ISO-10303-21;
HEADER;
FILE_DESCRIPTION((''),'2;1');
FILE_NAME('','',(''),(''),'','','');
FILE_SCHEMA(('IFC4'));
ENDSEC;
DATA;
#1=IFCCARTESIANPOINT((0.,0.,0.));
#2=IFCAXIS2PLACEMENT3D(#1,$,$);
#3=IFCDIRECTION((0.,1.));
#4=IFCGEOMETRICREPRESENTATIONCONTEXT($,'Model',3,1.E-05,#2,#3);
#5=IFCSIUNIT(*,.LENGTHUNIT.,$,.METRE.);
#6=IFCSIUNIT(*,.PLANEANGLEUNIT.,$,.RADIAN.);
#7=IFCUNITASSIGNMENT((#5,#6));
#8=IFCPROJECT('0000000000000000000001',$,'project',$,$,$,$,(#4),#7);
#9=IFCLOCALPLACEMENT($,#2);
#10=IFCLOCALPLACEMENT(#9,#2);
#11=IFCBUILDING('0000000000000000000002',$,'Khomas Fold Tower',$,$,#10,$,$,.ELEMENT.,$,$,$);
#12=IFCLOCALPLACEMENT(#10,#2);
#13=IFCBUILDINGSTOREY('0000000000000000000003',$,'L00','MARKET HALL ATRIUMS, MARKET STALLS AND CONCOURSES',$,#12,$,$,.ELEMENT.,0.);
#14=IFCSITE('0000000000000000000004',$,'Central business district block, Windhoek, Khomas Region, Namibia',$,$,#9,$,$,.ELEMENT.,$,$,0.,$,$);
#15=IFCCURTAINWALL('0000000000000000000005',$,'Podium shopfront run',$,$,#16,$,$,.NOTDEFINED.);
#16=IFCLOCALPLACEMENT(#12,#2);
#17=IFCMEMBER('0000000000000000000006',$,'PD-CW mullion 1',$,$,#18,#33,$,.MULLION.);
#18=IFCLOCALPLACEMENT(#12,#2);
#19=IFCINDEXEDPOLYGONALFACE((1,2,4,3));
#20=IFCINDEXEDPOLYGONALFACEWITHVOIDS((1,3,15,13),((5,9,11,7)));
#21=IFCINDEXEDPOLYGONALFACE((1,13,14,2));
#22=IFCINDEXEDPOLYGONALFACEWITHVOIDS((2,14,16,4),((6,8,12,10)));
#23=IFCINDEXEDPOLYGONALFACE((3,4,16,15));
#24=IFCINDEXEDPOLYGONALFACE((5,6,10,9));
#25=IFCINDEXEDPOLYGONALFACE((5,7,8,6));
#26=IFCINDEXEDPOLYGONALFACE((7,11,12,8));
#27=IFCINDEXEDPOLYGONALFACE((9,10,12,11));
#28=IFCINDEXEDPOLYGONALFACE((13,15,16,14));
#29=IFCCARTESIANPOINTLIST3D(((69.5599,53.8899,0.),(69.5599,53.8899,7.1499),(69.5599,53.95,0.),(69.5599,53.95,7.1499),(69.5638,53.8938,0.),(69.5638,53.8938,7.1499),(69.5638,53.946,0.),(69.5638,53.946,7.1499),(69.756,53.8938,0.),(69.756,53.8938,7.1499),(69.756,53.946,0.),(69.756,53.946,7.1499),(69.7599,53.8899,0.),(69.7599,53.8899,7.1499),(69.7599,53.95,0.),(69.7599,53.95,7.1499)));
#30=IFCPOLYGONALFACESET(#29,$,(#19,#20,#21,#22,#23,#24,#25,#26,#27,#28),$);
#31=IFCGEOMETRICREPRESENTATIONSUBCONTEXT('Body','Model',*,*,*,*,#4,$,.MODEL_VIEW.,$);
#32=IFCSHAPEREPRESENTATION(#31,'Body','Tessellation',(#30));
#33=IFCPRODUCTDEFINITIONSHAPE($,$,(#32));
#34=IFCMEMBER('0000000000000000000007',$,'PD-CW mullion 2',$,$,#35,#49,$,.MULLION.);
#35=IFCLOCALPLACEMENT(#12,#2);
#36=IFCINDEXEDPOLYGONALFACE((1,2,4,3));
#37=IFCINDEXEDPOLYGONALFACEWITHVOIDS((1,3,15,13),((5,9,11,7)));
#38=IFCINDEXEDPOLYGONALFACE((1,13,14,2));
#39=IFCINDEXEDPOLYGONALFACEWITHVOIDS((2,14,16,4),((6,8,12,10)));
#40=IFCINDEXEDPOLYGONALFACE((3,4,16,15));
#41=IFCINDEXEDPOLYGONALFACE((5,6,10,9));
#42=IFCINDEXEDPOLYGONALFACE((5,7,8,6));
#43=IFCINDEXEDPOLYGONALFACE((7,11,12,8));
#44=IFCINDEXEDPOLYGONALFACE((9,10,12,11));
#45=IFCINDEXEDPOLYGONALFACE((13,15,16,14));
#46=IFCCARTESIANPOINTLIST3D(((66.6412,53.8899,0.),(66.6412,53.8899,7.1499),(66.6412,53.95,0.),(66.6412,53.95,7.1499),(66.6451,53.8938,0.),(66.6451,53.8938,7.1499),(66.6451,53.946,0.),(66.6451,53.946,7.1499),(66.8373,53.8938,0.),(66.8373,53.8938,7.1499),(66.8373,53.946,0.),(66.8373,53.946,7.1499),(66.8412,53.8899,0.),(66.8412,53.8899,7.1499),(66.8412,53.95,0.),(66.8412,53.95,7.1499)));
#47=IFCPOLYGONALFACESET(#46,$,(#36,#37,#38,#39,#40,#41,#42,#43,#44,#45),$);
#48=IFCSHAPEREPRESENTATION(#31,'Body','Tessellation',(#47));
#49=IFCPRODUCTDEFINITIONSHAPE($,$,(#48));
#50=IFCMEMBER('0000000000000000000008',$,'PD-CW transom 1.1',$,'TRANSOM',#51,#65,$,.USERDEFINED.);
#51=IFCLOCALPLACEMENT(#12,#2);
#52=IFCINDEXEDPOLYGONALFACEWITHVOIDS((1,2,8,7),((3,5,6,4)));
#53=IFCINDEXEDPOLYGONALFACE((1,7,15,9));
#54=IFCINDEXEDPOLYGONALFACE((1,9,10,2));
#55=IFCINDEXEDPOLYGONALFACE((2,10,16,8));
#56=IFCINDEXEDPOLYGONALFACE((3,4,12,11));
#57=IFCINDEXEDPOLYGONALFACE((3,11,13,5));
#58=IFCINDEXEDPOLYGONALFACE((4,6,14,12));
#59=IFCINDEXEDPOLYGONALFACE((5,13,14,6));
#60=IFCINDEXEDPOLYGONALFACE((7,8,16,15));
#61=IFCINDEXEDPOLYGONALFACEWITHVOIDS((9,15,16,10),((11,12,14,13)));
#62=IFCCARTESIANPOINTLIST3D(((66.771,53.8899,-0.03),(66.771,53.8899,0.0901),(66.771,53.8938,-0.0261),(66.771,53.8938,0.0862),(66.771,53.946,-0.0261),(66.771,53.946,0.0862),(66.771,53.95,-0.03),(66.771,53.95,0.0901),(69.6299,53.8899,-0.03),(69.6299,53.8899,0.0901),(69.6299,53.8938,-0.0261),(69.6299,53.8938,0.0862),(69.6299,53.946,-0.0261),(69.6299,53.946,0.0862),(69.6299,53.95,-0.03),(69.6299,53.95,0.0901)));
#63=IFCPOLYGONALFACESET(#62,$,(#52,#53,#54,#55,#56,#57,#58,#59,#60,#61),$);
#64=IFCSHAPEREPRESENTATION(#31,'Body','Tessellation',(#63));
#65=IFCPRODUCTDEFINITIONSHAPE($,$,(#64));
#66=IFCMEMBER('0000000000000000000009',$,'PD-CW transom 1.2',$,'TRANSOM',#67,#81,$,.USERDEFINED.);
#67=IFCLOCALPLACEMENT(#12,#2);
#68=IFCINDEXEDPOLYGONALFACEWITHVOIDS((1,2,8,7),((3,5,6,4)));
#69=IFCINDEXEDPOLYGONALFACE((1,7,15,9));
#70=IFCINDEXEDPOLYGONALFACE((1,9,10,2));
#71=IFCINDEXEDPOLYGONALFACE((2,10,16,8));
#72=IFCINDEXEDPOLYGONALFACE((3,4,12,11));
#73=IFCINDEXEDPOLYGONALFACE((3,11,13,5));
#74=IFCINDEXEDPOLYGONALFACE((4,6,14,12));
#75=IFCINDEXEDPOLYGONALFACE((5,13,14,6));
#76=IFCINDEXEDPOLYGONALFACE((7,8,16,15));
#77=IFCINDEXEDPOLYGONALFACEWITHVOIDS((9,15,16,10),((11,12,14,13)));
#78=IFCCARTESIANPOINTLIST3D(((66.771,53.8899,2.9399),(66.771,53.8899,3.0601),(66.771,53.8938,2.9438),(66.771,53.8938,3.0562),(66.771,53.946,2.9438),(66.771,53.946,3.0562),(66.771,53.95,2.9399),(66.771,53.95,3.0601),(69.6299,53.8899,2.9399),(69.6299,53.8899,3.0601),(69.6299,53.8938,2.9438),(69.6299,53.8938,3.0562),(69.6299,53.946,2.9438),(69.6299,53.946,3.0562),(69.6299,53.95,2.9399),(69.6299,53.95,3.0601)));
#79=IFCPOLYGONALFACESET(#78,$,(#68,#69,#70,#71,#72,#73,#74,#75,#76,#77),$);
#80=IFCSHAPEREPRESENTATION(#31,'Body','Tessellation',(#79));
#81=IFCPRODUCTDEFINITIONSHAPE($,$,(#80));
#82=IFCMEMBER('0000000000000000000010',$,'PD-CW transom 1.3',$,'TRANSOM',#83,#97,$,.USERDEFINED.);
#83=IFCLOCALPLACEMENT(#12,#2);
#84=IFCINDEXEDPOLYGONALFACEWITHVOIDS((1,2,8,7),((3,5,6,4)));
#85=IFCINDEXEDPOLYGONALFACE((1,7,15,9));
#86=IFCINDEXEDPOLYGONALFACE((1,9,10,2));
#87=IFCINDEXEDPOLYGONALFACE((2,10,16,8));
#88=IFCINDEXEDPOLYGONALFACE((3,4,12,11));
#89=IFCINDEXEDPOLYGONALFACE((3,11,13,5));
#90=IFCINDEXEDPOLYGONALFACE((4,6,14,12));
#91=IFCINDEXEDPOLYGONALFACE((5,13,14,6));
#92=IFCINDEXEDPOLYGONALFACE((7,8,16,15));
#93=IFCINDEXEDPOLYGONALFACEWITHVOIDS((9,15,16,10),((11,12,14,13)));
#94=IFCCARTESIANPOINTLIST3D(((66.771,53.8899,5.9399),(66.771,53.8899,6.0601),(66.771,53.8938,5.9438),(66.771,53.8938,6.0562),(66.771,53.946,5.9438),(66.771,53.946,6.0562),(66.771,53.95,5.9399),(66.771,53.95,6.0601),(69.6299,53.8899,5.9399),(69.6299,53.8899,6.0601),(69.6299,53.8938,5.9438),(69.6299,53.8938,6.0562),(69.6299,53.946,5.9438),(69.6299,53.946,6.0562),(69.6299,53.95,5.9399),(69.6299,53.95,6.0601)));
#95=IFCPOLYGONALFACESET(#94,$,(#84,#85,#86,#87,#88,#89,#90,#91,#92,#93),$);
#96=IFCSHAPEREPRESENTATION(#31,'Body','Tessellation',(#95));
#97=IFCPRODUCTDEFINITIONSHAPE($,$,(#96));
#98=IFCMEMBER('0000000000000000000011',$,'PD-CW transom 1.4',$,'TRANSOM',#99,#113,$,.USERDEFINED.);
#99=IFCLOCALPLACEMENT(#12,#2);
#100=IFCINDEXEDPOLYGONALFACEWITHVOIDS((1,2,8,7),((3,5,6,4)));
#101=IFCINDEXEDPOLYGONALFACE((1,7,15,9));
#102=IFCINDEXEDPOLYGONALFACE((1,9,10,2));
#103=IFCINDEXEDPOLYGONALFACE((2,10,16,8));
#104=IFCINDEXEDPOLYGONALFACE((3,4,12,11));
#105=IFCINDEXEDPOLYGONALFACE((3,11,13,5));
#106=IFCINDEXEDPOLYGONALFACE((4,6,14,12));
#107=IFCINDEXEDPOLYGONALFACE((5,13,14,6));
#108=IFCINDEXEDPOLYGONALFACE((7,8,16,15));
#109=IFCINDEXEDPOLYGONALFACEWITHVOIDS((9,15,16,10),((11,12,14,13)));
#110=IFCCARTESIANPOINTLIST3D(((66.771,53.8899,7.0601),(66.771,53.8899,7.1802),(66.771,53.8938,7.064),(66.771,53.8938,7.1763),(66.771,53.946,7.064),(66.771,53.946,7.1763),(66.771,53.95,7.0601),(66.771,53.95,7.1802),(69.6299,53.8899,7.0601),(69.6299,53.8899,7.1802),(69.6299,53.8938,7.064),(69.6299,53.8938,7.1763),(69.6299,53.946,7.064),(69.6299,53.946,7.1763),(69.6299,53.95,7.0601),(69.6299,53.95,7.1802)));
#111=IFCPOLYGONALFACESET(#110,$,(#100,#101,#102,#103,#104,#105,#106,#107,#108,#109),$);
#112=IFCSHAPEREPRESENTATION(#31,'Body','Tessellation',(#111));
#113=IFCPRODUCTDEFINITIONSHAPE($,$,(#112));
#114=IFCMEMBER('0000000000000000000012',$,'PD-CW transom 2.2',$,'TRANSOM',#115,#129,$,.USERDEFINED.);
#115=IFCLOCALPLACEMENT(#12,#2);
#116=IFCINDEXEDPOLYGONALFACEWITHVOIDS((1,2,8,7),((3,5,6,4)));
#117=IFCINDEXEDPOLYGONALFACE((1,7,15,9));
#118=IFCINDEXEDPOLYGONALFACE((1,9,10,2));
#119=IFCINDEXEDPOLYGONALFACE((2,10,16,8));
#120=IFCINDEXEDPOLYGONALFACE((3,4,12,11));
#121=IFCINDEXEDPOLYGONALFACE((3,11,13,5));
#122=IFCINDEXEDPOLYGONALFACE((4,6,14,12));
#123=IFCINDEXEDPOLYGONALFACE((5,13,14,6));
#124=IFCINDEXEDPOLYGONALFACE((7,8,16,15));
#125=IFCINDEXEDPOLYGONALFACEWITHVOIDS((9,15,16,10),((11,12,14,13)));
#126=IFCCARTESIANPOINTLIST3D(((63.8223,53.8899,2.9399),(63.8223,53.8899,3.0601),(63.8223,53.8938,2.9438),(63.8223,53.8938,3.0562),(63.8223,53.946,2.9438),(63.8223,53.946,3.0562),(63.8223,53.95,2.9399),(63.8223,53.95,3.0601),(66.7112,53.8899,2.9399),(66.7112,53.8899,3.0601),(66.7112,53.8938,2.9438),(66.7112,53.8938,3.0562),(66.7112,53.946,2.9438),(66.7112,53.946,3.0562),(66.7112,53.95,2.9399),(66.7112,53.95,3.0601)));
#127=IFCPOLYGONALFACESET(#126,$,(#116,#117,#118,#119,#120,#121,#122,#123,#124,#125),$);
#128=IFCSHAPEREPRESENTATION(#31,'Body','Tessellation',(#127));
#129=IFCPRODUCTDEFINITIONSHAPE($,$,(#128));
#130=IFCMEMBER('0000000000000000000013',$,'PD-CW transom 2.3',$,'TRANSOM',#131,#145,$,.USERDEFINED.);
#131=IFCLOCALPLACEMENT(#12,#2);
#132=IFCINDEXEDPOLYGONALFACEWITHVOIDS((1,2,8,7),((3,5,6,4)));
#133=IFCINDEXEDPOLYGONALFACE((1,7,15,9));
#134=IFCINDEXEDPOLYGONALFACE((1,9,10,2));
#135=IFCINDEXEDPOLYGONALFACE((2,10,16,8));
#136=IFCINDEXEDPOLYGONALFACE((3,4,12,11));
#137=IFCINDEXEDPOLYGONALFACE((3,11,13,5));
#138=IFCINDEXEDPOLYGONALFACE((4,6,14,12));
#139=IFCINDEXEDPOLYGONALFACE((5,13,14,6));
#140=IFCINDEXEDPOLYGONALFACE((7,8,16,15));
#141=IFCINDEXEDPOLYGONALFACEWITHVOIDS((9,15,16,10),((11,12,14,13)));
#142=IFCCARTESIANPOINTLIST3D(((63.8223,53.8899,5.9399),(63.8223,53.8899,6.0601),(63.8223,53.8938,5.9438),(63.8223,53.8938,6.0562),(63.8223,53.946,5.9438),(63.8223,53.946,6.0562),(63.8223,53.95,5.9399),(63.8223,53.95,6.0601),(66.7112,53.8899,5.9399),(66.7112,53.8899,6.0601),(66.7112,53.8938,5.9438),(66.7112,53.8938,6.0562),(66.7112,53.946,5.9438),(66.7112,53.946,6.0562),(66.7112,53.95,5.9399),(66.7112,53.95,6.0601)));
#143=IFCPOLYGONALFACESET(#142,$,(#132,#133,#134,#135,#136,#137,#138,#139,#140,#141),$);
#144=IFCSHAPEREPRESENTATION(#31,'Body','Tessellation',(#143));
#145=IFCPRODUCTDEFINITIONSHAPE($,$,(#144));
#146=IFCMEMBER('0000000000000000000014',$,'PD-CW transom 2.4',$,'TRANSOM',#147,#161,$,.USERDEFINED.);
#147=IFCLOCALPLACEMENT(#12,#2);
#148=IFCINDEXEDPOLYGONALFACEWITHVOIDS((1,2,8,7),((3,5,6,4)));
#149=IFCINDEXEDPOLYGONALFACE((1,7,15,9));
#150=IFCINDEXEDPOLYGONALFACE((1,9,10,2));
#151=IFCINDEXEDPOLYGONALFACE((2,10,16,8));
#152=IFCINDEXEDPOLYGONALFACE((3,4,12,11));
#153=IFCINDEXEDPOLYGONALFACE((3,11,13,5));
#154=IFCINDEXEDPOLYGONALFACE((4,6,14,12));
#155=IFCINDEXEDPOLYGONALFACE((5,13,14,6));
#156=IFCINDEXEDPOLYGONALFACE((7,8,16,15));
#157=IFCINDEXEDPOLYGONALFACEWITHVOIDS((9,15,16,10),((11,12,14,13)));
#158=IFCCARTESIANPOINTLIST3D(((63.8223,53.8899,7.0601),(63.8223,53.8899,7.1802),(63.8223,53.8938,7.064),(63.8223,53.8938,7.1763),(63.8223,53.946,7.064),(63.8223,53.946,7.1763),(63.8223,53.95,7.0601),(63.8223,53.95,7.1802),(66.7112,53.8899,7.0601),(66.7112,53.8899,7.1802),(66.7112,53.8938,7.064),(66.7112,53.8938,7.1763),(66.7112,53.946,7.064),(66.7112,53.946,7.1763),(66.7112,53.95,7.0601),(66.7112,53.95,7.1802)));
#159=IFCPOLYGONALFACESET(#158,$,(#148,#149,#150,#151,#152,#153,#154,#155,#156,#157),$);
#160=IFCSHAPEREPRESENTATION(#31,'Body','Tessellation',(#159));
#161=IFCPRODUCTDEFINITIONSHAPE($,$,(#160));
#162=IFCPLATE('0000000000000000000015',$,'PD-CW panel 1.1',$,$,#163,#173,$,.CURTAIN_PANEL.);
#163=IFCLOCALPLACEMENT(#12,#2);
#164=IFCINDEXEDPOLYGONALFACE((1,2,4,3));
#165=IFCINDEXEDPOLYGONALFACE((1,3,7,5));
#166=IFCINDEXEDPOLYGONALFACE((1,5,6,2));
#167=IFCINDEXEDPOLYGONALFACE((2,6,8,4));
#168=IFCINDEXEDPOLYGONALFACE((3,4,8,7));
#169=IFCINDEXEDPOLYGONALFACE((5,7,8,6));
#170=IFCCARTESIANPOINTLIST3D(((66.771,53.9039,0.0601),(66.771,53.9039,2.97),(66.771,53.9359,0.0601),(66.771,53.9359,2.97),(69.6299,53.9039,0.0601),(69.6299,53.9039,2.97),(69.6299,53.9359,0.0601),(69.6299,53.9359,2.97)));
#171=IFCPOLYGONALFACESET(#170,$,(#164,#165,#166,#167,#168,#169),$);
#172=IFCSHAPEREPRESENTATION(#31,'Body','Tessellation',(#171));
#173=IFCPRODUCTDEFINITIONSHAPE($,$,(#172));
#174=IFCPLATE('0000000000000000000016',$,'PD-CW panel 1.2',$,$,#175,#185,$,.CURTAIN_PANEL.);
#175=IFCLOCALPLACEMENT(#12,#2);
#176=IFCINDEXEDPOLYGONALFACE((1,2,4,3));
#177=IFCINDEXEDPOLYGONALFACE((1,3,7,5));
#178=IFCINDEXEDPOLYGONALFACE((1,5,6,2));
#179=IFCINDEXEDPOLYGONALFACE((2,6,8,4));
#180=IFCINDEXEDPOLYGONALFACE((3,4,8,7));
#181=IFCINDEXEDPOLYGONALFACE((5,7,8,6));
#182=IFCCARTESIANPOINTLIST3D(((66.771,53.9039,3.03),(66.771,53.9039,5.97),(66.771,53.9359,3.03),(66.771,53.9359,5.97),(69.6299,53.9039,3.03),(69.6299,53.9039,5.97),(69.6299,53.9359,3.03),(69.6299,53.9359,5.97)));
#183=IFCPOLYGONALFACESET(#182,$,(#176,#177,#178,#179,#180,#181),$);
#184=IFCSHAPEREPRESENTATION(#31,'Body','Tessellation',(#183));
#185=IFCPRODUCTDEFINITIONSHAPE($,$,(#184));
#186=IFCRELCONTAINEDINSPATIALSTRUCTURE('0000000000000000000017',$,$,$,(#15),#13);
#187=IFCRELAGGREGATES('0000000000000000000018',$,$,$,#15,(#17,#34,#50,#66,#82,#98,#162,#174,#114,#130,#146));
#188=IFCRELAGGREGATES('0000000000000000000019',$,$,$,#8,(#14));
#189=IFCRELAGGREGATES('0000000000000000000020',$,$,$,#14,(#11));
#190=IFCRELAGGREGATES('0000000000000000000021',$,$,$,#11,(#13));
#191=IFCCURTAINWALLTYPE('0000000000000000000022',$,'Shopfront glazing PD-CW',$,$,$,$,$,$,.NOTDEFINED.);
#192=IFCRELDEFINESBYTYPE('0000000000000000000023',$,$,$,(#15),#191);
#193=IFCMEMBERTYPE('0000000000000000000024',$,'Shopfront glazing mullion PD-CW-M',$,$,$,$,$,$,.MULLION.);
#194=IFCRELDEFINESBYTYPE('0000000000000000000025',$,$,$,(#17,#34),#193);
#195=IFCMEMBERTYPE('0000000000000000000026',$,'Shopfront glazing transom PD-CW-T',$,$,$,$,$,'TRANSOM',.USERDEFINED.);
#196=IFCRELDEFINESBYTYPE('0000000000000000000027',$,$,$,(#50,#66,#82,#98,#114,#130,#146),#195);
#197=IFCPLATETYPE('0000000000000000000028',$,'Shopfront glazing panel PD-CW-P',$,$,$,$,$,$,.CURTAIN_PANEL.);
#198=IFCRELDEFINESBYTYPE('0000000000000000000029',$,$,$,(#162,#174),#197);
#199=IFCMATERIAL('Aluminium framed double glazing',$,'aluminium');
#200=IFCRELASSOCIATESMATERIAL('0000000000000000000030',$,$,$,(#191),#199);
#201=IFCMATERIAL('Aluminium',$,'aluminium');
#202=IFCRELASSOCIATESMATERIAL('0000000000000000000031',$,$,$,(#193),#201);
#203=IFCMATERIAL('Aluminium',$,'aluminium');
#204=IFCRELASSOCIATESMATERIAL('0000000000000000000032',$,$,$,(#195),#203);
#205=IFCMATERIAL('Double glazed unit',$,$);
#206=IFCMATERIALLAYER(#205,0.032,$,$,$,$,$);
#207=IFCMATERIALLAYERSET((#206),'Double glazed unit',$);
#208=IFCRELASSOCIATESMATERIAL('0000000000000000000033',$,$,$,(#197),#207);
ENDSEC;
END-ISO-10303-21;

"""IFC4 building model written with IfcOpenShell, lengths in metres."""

from ifc_helpers import new_model, si_unit, direction, frame, origin, origin_2d, place, context, subcontext, project, spatial, rectangle, hollow_rectangle, extrude, source, transform, mapped, material, layer, layer_set, material_profile, profile_set, type_object, element, aggregate, save


model = new_model("IFC4")

# Units and contexts
model_context = context("Model", 3, precision=1e-05, world=origin(), true_north=direction((0.0, 1.0)))
body_context = subcontext(model_context, "Body", "Model", "MODEL_VIEW")
ifc_project = project(units=[si_unit("LENGTHUNIT", "METRE"), si_unit("PLANEANGLEUNIT", "RADIAN")], contexts=[model_context])

# Site, building, storey
site_placement = place(None, origin())
site = spatial("IfcSite", under=ifc_project, at=site_placement, Name="Central business district block, Windhoek, Khomas Region, Namibia", CompositionType="ELEMENT", RefElevation=0.0)
building_placement = place(site_placement, origin())
building = spatial("IfcBuilding", under=site, at=building_placement, Name="Khomas Fold Tower", CompositionType="ELEMENT")
storey_placement = place(building_placement, origin())
storey = spatial("IfcBuildingStorey", under=building, at=storey_placement, Name="L00", Description="MARKET HALL ATRIUMS, MARKET STALLS AND CONCOURSES", CompositionType="ELEMENT", Elevation=0.0)

# Curtain wall, members, plates
ifc_material_1 = material(Name="Aluminium framed double glazing", Category="aluminium")
curtain_wall_type = type_object("IfcCurtainWallType", Name="Shopfront glazing PD-CW", PredefinedType="NOTDEFINED", material=ifc_material_1)
curtain_wall_placement = place(storey_placement, origin())
curtain_wall = element("IfcCurtainWall", 1, at=curtain_wall_placement, inside=storey, type_object=curtain_wall_type, Name="Podium shopfront run", PredefinedType="NOTDEFINED")
ifc_material_2 = material(Name="Aluminium", Category="aluminium")
ifc_material_profile_1 = material_profile(ifc_material_2, hollow_rectangle(XDim=0.0601, YDim=0.2, WallThickness=0.0039, at=origin_2d()), Name="Shopfront glazing mullion PD-CW-M")
ifc_profile_set_1 = profile_set([ifc_material_profile_1], Name="Aluminium")
member_type_1 = type_object("IfcMemberType", Name="Shopfront glazing mullion PD-CW-M", PredefinedType="MULLION", material=ifc_profile_set_1)
shared_shape_1 = source(origin(), body_context, "Body", "SweptSolid", [
    extrude(hollow_rectangle(XDim=0.0601, YDim=0.2, WallThickness=0.0039, at=origin_2d()), origin(), (0.0, 0.0, 1.0), 7.1499),
])
member_1_placement = place(storey_placement, frame((69.6599, 53.9199, 0.0), z_axis=(0.0, 0.0, 1.0), x_axis=(0.0, -1.0, 0.0)))
member_1 = element("IfcMember", 2, at=member_1_placement, type_object=member_type_1, Name="PD-CW mullion 1", PredefinedType="MULLION", context=body_context, shape_type="MappedRepresentation", body=[
    mapped(shared_shape_1, transform((0.0, 0.0, 0.0))),
])
member_2_placement = place(storey_placement, frame((66.7412, 53.9199, 0.0), z_axis=(0.0, 0.0, 1.0), x_axis=(0.0, -1.0, 0.0)))
member_2 = element("IfcMember", 3, at=member_2_placement, type_object=member_type_1, Name="PD-CW mullion 2", PredefinedType="MULLION", context=body_context, shape_type="MappedRepresentation", body=[
    mapped(shared_shape_1, transform((0.0, 0.0, 0.0))),
])
ifc_material_3 = material(Name="Aluminium", Category="aluminium")
ifc_material_profile_2 = material_profile(ifc_material_3, hollow_rectangle(XDim=0.0601, YDim=0.1201, WallThickness=0.0039, at=origin_2d()), Name="Shopfront glazing transom PD-CW-T")
ifc_profile_set_2 = profile_set([ifc_material_profile_2], Name="Aluminium")
member_type_2 = type_object("IfcMemberType", Name="Shopfront glazing transom PD-CW-T", ElementType="TRANSOM", PredefinedType="USERDEFINED", material=ifc_profile_set_2)
shared_shape_2 = source(origin(), body_context, "Body", "SweptSolid", [
    extrude(hollow_rectangle(XDim=0.0601, YDim=0.1201, WallThickness=0.0039, at=origin_2d()), origin(), (0.0, 0.0, 1.0), 2.8589),
])
member_3_placement = place(storey_placement, frame((69.6299, 53.9199, 0.03), z_axis=(-1.0, 0.0, 0.0), x_axis=(0.0, -1.0, 0.0)))
member_3 = element("IfcMember", 4, at=member_3_placement, type_object=member_type_2, Name="PD-CW transom 1.1", ObjectType="TRANSOM", PredefinedType="USERDEFINED", context=body_context, shape_type="MappedRepresentation", body=[
    mapped(shared_shape_2, transform((0.0, 0.0, 0.0))),
])
member_4_placement = place(storey_placement, frame((69.6299, 53.9199, 3.0), z_axis=(-1.0, 0.0, 0.0), x_axis=(0.0, -1.0, 0.0)))
member_4 = element("IfcMember", 5, at=member_4_placement, type_object=member_type_2, Name="PD-CW transom 1.2", ObjectType="TRANSOM", PredefinedType="USERDEFINED", context=body_context, shape_type="MappedRepresentation", body=[
    mapped(shared_shape_2, transform((0.0, 0.0, 0.0))),
])
member_5_placement = place(storey_placement, frame((69.6299, 53.9199, 6.0), z_axis=(-1.0, 0.0, 0.0), x_axis=(0.0, -1.0, 0.0)))
member_5 = element("IfcMember", 6, at=member_5_placement, type_object=member_type_2, Name="PD-CW transom 1.3", ObjectType="TRANSOM", PredefinedType="USERDEFINED", context=body_context, shape_type="MappedRepresentation", body=[
    mapped(shared_shape_2, transform((0.0, 0.0, 0.0))),
])
member_6_placement = place(storey_placement, frame((69.6299, 53.9199, 7.1201), z_axis=(-1.0, 0.0, 0.0), x_axis=(0.0, -1.0, 0.0)))
member_6 = element("IfcMember", 7, at=member_6_placement, type_object=member_type_2, Name="PD-CW transom 1.4", ObjectType="TRANSOM", PredefinedType="USERDEFINED", context=body_context, shape_type="MappedRepresentation", body=[
    mapped(shared_shape_2, transform((0.0, 0.0, 0.0))),
])
shared_shape_3 = source(origin(), body_context, "Body", "SweptSolid", [
    extrude(hollow_rectangle(XDim=0.0601, YDim=0.1201, WallThickness=0.0039, at=origin_2d()), origin(), (0.0, 0.0, 1.0), 2.8889),
])
member_7_placement = place(storey_placement, frame((66.7112, 53.9199, 3.0), z_axis=(-1.0, 0.0, 0.0), x_axis=(0.0, -1.0, 0.0)))
member_7 = element("IfcMember", 8, at=member_7_placement, type_object=member_type_2, Name="PD-CW transom 2.2", ObjectType="TRANSOM", PredefinedType="USERDEFINED", context=body_context, shape_type="MappedRepresentation", body=[
    mapped(shared_shape_3, transform((0.0, 0.0, 0.0))),
])
member_8_placement = place(storey_placement, frame((66.7112, 53.9199, 6.0), z_axis=(-1.0, 0.0, 0.0), x_axis=(0.0, -1.0, 0.0)))
member_8 = element("IfcMember", 9, at=member_8_placement, type_object=member_type_2, Name="PD-CW transom 2.3", ObjectType="TRANSOM", PredefinedType="USERDEFINED", context=body_context, shape_type="MappedRepresentation", body=[
    mapped(shared_shape_3, transform((0.0, 0.0, 0.0))),
])
member_9_placement = place(storey_placement, frame((66.7112, 53.9199, 7.1201), z_axis=(-1.0, 0.0, 0.0), x_axis=(0.0, -1.0, 0.0)))
member_9 = element("IfcMember", 10, at=member_9_placement, type_object=member_type_2, Name="PD-CW transom 2.4", ObjectType="TRANSOM", PredefinedType="USERDEFINED", context=body_context, shape_type="MappedRepresentation", body=[
    mapped(shared_shape_3, transform((0.0, 0.0, 0.0))),
])
ifc_material_4 = material(Name="Double glazed unit")
ifc_layer_1 = layer(ifc_material_4, 0.032)
ifc_layer_set_1 = layer_set([ifc_layer_1], Name="Double glazed unit")
plate_type = type_object("IfcPlateType", Name="Shopfront glazing panel PD-CW-P", PredefinedType="CURTAIN_PANEL", material=ifc_layer_set_1)
shared_shape_4 = source(origin(), body_context, "Body", "SweptSolid", [
    extrude(rectangle(XDim=2.8589, YDim=0.032, at=origin_2d()), origin(), (0.0, 0.0, 1.0), 2.9099),
])
plate_1_placement = place(storey_placement, frame((68.2004, 53.9199, 0.0601), z_axis=(0.0, 0.0, 1.0), x_axis=(-1.0, 0.0, 0.0)))
plate_1 = element("IfcPlate", 11, at=plate_1_placement, type_object=plate_type, Name="PD-CW panel 1.1", PredefinedType="CURTAIN_PANEL", context=body_context, shape_type="MappedRepresentation", body=[
    mapped(shared_shape_4, transform((0.0, 0.0, 0.0))),
])
shared_shape_5 = source(origin(), body_context, "Body", "SweptSolid", [
    extrude(rectangle(XDim=2.8589, YDim=0.032, at=origin_2d()), origin(), (0.0, 0.0, 1.0), 2.9399),
])
plate_2_placement = place(storey_placement, frame((68.2004, 53.9199, 3.03), z_axis=(0.0, 0.0, 1.0), x_axis=(-1.0, 0.0, 0.0)))
plate_2 = element("IfcPlate", 12, at=plate_2_placement, type_object=plate_type, Name="PD-CW panel 1.2", PredefinedType="CURTAIN_PANEL", context=body_context, shape_type="MappedRepresentation", body=[
    mapped(shared_shape_5, transform((0.0, 0.0, 0.0))),
])
aggregate(curtain_wall, [member_1, member_2, member_3, member_4, member_5, member_6, plate_1, plate_2, member_7, member_8, member_9])

save(model, "model.ifc")
